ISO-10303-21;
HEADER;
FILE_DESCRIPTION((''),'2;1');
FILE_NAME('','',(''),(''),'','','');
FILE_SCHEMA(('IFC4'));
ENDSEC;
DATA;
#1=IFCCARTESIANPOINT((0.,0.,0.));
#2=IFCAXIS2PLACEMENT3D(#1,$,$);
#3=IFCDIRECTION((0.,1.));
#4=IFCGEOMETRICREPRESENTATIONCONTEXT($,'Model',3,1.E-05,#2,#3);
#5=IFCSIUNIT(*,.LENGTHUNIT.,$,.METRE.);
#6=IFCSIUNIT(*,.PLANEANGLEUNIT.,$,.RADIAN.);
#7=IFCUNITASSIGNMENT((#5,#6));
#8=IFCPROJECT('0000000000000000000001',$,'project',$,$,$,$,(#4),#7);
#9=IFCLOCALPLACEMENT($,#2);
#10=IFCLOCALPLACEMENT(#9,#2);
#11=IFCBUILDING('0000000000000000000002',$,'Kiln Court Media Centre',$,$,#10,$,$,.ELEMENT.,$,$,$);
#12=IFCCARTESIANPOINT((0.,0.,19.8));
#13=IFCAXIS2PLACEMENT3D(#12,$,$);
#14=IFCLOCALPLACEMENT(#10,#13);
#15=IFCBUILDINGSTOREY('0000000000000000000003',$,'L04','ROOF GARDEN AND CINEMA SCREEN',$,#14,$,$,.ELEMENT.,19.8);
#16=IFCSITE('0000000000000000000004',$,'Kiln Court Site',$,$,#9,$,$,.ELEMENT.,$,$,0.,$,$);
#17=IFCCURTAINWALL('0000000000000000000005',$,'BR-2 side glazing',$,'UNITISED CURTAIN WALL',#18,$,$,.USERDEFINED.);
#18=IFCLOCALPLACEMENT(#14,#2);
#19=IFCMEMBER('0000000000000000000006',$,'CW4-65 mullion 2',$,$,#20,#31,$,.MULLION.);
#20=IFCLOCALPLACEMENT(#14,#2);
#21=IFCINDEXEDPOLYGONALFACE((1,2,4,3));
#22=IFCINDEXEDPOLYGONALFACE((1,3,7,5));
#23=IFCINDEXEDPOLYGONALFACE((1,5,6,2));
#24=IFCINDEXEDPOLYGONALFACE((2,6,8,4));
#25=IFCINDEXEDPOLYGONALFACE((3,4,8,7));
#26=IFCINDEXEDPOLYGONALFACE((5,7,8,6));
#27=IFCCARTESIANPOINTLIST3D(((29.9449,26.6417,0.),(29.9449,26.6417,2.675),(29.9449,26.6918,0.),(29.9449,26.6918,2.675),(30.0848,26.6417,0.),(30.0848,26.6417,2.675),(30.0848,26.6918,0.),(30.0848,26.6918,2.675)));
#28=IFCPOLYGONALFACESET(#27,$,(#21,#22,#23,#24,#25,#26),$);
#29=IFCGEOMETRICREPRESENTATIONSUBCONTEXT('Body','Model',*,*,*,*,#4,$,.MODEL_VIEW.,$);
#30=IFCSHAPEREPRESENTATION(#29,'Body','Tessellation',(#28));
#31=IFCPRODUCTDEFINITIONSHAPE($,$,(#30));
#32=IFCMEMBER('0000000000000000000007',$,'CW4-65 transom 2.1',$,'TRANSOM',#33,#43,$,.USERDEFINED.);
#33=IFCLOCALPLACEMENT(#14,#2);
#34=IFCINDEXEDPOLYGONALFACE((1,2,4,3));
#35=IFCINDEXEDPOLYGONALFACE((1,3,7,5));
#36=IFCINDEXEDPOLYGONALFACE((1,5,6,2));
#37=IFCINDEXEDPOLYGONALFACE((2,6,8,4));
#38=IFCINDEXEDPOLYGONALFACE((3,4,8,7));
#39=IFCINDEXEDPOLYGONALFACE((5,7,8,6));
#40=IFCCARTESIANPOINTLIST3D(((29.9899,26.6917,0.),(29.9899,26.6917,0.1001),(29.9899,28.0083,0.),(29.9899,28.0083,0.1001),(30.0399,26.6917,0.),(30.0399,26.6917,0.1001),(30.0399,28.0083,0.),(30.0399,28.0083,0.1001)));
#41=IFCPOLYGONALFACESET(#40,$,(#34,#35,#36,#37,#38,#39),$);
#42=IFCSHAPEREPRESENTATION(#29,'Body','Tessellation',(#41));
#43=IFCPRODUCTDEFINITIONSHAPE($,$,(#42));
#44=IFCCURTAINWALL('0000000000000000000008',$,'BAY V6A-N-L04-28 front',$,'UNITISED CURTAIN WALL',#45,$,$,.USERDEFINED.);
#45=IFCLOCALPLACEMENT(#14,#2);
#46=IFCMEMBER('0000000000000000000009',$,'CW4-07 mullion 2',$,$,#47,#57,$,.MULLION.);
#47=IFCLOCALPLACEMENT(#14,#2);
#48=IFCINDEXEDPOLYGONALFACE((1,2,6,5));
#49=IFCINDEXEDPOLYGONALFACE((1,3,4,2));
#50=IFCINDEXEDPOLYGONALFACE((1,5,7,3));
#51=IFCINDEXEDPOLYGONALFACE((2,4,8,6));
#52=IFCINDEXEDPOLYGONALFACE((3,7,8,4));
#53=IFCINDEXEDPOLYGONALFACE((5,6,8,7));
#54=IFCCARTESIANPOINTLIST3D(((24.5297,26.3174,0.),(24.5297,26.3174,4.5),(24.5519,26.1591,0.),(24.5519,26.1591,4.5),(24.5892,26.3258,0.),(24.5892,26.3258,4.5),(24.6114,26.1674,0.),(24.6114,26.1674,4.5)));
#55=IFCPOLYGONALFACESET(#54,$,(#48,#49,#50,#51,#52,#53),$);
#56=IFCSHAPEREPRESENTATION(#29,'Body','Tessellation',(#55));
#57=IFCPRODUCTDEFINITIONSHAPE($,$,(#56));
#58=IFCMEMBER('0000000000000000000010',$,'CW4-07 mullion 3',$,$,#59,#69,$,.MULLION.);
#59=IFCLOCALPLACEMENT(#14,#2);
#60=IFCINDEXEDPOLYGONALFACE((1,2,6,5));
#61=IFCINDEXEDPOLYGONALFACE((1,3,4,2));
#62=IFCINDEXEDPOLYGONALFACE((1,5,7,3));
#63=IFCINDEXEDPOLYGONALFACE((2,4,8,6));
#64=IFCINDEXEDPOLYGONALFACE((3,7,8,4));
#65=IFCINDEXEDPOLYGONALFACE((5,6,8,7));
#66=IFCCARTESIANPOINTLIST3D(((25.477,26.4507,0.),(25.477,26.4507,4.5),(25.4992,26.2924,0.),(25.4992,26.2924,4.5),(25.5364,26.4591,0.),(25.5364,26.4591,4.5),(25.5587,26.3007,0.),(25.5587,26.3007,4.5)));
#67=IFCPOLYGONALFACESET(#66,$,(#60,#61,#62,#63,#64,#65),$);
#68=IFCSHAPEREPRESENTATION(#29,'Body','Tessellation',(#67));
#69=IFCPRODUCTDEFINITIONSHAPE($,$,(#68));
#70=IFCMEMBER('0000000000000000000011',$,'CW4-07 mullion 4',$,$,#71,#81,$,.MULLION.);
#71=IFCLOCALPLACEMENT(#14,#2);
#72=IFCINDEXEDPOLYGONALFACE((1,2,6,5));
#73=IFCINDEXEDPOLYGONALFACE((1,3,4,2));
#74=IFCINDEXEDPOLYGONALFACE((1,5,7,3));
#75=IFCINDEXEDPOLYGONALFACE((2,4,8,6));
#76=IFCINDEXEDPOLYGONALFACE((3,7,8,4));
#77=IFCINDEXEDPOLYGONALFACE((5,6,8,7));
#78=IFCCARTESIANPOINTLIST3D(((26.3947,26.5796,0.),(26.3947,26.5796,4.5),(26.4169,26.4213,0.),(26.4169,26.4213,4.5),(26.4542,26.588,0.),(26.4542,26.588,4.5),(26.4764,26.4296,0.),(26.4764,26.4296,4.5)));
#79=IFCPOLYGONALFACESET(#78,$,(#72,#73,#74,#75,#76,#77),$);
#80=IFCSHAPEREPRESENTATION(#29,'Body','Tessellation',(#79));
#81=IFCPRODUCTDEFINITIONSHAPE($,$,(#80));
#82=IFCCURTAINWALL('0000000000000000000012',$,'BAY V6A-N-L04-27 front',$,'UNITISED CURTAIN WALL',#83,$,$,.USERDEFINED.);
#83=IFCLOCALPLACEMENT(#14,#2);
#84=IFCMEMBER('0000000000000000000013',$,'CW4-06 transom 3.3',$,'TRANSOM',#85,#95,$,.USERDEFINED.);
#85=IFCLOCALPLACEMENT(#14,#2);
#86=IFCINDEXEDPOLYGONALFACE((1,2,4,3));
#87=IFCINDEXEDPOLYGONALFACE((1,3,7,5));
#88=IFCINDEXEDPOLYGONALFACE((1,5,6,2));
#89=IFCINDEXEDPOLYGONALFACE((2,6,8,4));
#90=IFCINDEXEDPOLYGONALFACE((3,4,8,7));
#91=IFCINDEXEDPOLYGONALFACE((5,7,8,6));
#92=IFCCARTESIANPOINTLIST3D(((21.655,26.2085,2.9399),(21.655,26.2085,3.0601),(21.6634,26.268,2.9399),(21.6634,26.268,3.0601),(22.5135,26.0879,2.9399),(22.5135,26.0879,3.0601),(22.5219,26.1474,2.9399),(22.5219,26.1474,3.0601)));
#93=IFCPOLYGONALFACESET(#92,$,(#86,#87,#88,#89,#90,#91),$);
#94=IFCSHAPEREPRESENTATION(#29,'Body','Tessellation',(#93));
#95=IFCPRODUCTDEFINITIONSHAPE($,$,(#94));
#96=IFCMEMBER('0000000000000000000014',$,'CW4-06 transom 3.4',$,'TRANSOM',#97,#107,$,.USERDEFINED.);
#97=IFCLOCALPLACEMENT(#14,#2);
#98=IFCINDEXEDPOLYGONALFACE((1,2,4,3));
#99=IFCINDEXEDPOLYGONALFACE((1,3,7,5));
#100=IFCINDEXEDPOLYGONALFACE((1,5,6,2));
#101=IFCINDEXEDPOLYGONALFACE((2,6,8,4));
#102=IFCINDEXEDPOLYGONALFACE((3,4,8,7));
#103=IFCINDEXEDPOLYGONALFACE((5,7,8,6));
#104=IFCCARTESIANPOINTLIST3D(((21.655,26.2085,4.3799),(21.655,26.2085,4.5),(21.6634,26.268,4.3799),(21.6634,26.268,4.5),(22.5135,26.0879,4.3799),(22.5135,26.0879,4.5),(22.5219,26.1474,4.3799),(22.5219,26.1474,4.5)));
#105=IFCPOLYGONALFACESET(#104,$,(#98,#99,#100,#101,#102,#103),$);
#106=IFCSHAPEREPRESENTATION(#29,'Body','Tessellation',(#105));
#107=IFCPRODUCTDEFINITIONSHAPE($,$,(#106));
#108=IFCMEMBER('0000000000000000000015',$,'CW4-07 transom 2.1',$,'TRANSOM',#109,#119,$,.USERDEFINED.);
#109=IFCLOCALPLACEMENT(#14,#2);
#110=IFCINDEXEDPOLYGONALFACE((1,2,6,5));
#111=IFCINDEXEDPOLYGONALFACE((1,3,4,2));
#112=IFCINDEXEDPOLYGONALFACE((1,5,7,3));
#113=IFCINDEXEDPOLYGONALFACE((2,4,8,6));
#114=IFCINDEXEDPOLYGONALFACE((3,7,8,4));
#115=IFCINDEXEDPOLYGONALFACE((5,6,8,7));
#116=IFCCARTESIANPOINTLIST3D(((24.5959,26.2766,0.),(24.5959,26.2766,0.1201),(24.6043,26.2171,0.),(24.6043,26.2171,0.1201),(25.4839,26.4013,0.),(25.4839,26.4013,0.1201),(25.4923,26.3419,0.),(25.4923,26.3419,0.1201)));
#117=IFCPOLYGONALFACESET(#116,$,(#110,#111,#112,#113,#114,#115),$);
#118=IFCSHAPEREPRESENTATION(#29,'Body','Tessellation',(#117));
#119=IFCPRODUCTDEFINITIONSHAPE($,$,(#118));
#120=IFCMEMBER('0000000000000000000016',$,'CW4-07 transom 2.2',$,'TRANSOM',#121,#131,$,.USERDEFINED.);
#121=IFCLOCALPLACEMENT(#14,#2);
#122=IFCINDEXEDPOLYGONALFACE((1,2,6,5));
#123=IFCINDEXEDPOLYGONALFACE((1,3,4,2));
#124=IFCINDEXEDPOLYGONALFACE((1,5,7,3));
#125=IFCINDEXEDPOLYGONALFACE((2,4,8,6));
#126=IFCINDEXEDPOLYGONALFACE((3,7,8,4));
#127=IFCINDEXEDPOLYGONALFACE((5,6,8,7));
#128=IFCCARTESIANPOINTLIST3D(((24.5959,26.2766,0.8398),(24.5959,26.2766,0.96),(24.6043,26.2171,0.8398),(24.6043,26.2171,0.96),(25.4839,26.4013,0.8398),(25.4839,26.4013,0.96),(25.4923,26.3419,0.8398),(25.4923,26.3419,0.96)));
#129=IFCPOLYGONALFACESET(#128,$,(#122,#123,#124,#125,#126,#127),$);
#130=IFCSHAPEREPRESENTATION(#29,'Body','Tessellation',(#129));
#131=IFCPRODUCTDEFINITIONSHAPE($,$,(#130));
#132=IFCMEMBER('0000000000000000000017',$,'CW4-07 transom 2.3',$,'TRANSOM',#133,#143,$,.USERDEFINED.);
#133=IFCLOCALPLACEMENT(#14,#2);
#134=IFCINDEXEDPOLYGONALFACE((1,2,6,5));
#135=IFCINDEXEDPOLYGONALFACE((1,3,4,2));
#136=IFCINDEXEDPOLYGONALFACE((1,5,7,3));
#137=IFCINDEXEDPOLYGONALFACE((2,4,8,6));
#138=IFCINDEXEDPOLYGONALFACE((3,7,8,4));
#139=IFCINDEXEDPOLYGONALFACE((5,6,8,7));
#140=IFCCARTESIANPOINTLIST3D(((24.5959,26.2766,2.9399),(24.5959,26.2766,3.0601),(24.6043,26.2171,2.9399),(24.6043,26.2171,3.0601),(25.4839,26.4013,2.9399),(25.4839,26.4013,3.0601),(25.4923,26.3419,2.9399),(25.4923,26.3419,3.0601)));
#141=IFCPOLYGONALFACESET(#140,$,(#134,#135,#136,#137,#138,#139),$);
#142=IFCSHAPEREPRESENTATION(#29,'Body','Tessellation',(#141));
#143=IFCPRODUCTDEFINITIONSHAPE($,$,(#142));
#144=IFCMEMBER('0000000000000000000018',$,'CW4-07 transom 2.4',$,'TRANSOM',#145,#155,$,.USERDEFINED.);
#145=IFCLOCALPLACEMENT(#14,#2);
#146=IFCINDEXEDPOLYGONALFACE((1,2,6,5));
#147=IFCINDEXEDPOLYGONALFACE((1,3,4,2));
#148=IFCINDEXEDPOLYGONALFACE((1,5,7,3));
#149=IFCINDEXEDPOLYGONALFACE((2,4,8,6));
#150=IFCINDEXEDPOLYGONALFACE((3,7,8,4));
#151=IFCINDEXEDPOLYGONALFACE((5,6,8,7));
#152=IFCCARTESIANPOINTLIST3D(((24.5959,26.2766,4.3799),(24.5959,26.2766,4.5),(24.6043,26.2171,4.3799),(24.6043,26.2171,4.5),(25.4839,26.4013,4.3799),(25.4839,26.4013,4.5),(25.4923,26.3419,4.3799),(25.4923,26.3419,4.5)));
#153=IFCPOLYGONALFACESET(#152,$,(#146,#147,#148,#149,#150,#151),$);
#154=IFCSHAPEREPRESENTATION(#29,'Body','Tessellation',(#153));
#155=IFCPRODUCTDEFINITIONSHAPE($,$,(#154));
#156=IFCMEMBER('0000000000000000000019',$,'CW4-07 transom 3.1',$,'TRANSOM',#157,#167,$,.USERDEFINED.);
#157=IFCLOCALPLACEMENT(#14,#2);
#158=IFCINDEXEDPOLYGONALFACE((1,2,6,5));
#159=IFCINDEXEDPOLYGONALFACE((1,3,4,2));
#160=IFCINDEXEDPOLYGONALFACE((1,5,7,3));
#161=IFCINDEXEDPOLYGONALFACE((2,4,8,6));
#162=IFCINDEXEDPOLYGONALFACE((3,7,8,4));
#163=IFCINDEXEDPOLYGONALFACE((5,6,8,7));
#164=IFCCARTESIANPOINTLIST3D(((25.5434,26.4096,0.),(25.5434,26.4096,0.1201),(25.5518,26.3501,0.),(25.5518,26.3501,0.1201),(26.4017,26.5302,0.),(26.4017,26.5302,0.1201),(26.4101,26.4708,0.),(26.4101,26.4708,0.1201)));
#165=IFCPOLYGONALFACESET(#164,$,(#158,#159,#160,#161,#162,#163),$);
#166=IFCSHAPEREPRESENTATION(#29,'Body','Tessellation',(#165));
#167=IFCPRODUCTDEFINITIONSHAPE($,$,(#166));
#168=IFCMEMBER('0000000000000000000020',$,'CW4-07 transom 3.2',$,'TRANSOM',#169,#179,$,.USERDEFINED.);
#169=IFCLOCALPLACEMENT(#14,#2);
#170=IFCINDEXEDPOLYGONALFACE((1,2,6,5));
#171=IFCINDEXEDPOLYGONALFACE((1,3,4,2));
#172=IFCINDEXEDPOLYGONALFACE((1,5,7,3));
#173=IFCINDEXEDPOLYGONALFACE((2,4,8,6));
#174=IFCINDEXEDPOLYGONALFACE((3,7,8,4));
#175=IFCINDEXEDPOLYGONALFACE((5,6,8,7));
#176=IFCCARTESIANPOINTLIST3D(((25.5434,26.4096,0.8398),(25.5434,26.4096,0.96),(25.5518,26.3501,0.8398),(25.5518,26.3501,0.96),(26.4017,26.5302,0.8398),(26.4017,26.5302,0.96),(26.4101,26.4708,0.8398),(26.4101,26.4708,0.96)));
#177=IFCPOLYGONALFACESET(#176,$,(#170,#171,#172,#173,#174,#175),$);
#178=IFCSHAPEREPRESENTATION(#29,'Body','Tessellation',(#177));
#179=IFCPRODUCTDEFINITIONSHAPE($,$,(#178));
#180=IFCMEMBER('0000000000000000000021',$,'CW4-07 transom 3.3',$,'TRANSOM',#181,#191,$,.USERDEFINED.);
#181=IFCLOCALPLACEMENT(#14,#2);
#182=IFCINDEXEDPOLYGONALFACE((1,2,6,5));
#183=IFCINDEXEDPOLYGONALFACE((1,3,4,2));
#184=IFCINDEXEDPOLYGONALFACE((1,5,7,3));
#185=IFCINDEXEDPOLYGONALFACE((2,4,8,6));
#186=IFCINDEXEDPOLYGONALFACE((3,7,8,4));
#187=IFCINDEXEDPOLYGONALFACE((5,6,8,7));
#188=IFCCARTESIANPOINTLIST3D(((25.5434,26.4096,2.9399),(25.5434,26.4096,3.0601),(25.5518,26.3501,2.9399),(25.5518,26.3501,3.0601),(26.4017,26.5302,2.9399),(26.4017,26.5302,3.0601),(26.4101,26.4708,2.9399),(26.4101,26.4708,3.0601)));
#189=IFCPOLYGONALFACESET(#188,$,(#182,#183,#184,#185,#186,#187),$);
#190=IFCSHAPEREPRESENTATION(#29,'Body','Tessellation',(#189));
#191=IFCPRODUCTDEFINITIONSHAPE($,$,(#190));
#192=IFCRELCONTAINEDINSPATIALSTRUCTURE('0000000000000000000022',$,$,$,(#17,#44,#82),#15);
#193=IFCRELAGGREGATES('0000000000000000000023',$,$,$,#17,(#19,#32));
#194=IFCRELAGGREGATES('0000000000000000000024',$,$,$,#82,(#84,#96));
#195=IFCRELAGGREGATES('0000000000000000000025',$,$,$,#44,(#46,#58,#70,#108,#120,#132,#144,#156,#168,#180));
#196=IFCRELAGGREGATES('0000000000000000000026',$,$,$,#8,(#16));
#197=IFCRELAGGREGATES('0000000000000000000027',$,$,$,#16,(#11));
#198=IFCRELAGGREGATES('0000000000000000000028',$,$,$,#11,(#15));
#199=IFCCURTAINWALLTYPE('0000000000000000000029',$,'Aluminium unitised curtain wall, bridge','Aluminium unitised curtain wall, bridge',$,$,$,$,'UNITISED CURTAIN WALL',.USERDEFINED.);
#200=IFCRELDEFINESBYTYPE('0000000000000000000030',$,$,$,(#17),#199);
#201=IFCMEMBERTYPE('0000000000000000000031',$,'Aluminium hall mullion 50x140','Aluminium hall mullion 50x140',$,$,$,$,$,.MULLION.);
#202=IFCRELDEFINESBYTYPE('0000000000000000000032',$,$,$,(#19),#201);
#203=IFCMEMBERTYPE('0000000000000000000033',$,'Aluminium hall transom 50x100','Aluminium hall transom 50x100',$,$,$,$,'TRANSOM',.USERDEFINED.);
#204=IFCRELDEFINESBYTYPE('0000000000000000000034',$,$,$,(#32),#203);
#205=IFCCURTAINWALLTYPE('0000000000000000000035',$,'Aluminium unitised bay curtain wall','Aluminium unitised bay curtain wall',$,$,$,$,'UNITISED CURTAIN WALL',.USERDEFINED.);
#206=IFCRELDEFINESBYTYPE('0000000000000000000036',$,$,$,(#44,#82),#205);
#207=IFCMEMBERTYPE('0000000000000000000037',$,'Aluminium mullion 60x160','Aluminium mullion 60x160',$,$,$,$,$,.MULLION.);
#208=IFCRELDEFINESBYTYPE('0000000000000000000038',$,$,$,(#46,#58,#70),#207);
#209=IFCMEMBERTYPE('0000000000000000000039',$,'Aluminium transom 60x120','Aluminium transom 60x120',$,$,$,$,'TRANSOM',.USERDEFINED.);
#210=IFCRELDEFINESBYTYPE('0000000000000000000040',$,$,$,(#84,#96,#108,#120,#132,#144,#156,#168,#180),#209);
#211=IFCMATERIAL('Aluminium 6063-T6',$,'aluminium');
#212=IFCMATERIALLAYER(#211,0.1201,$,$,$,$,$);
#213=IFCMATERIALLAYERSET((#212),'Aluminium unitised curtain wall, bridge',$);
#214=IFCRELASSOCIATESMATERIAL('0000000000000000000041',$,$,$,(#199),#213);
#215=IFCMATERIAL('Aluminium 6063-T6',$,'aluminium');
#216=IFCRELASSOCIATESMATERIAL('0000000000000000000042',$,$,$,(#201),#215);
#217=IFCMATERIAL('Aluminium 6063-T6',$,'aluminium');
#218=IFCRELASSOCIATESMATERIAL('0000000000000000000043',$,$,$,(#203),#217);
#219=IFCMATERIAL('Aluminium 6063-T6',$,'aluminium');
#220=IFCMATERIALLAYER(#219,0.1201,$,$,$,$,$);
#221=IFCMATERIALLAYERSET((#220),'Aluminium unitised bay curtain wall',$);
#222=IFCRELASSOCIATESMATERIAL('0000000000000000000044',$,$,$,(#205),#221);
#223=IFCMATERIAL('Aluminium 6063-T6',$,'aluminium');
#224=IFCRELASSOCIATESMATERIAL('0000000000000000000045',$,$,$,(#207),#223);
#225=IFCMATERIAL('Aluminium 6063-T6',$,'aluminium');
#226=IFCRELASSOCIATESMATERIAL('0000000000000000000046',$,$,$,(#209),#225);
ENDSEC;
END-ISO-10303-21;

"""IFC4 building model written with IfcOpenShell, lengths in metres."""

from ifc_helpers import new_model, si_unit, direction, frame, origin, origin_2d, place, context, subcontext, project, spatial, rectangle, extrude, material, layer, layer_set, material_profile, profile_set, type_object, element, aggregate, save


model = new_model("IFC4")

# Units and contexts
model_context = context("Model", 3, precision=1e-05, world=origin(), true_north=direction((0.0, 1.0)))
body_context = subcontext(model_context, "Body", "Model", "MODEL_VIEW")
ifc_project = project(units=[si_unit("LENGTHUNIT", "METRE"), si_unit("PLANEANGLEUNIT", "RADIAN")], contexts=[model_context])

# Site, building, storey
site_placement = place(None, origin())
site = spatial("IfcSite", under=ifc_project, at=site_placement, Name="Kiln Court Site", CompositionType="ELEMENT", RefElevation=0.0)
building_placement = place(site_placement, origin())
building = spatial("IfcBuilding", under=site, at=building_placement, Name="Kiln Court Media Centre", CompositionType="ELEMENT")
storey_placement = place(building_placement, frame((0.0, 0.0, 19.8)))
storey = spatial("IfcBuildingStorey", under=building, at=storey_placement, Name="L04", Description="ROOF GARDEN AND CINEMA SCREEN", CompositionType="ELEMENT", Elevation=19.8)

# Curtain walls, members
ifc_material_1 = material(Name="Aluminium 6063-T6", Category="aluminium")
ifc_layer_1 = layer(ifc_material_1, 0.1201)
ifc_layer_set_1 = layer_set([ifc_layer_1], Name="Aluminium unitised curtain wall, bridge")
curtain_wall_type_1 = type_object("IfcCurtainWallType", Name="Aluminium unitised curtain wall, bridge", Description="Aluminium unitised curtain wall, bridge", ElementType="UNITISED CURTAIN WALL", PredefinedType="USERDEFINED", material=ifc_layer_set_1)
curtain_wall_1_placement = place(storey_placement, origin())
curtain_wall_1 = element("IfcCurtainWall", 1, at=curtain_wall_1_placement, inside=storey, type_object=curtain_wall_type_1, Name="BR-2 side glazing", ObjectType="UNITISED CURTAIN WALL", PredefinedType="USERDEFINED")
ifc_material_2 = material(Name="Aluminium 6063-T6", Category="aluminium")
ifc_material_profile_1 = material_profile(ifc_material_2, rectangle(XDim=0.05, YDim=0.1399, at=origin_2d()), Name="Aluminium hall mullion 50x140")
ifc_profile_set_1 = profile_set([ifc_material_profile_1], Name="Aluminium 6063-T6")
member_type_1 = type_object("IfcMemberType", Name="Aluminium hall mullion 50x140", Description="Aluminium hall mullion 50x140", PredefinedType="MULLION", material=ifc_profile_set_1)
member_1_placement = place(storey_placement, frame((30.0149, 26.6667, 0.0), z_axis=(0.0, 0.0, 1.0), x_axis=(0.0, 1.0, 0.0)))
member_1 = element("IfcMember", 2, at=member_1_placement, type_object=member_type_1, Name="CW4-65 mullion 2", PredefinedType="MULLION", context=body_context, shape_type="SweptSolid", body=[
    extrude(rectangle(XDim=0.05, YDim=0.1399, at=origin_2d()), origin(), (0.0, 0.0, 1.0), 2.675),
])
ifc_material_3 = material(Name="Aluminium 6063-T6", Category="aluminium")
ifc_material_profile_2 = material_profile(ifc_material_3, rectangle(XDim=0.05, YDim=0.1001, at=origin_2d()), Name="Aluminium hall transom 50x100")
ifc_profile_set_2 = profile_set([ifc_material_profile_2], Name="Aluminium 6063-T6")
member_type_2 = type_object("IfcMemberType", Name="Aluminium hall transom 50x100", Description="Aluminium hall transom 50x100", ElementType="TRANSOM", PredefinedType="USERDEFINED", material=ifc_profile_set_2)
member_2_placement = place(storey_placement, frame((30.0149, 26.6917, 0.05), z_axis=(0.0, 1.0, 0.0), x_axis=(-1.0, 0.0, 0.0)))
member_2 = element("IfcMember", 3, at=member_2_placement, type_object=member_type_2, Name="CW4-65 transom 2.1", ObjectType="TRANSOM", PredefinedType="USERDEFINED", context=body_context, shape_type="SweptSolid", body=[
    extrude(rectangle(XDim=0.05, YDim=0.1001, at=origin_2d()), origin(), (0.0, 0.0, 1.0), 1.3167),
])
aggregate(curtain_wall_1, [member_1, member_2])
ifc_material_4 = material(Name="Aluminium 6063-T6", Category="aluminium")
ifc_layer_2 = layer(ifc_material_4, 0.1201)
ifc_layer_set_2 = layer_set([ifc_layer_2], Name="Aluminium unitised bay curtain wall")
curtain_wall_type_2 = type_object("IfcCurtainWallType", Name="Aluminium unitised bay curtain wall", Description="Aluminium unitised bay curtain wall", ElementType="UNITISED CURTAIN WALL", PredefinedType="USERDEFINED", material=ifc_layer_set_2)
curtain_wall_2_placement = place(storey_placement, origin())
curtain_wall_2 = element("IfcCurtainWall", 4, at=curtain_wall_2_placement, inside=storey, type_object=curtain_wall_type_2, Name="BAY V6A-N-L04-28 front", ObjectType="UNITISED CURTAIN WALL", PredefinedType="USERDEFINED")
ifc_material_5 = material(Name="Aluminium 6063-T6", Category="aluminium")
ifc_material_profile_3 = material_profile(ifc_material_5, rectangle(XDim=0.0601, YDim=0.1599, at=origin_2d()), Name="Aluminium mullion 60x160")
ifc_profile_set_3 = profile_set([ifc_material_profile_3], Name="Aluminium 6063-T6")
member_type_3 = type_object("IfcMemberType", Name="Aluminium mullion 60x160", Description="Aluminium mullion 60x160", PredefinedType="MULLION", material=ifc_profile_set_3)
member_3_placement = place(storey_placement, frame((24.5706, 26.2424, 0.0), z_axis=(0.0, 0.0, 1.0), x_axis=(0.99027, 0.139162, 0.0)))
member_3 = element("IfcMember", 5, at=member_3_placement, type_object=member_type_3, Name="CW4-07 mullion 2", PredefinedType="MULLION", context=body_context, shape_type="SweptSolid", body=[
    extrude(rectangle(XDim=0.0601, YDim=0.1599, at=origin_2d()), origin(), (0.0, 0.0, 1.0), 4.5),
])
member_4_placement = place(storey_placement, frame((25.5178, 26.3757, 0.0), z_axis=(0.0, 0.0, 1.0), x_axis=(0.99027, 0.139162, 0.0)))
member_4 = element("IfcMember", 6, at=member_4_placement, type_object=member_type_3, Name="CW4-07 mullion 3", PredefinedType="MULLION", context=body_context, shape_type="SweptSolid", body=[
    extrude(rectangle(XDim=0.0601, YDim=0.1599, at=origin_2d()), origin(), (0.0, 0.0, 1.0), 4.5),
])
member_5_placement = place(storey_placement, frame((26.4355, 26.5046, 0.0), z_axis=(0.0, 0.0, 1.0), x_axis=(0.99027, 0.139162, 0.0)))
member_5 = element("IfcMember", 7, at=member_5_placement, type_object=member_type_3, Name="CW4-07 mullion 4", PredefinedType="MULLION", context=body_context, shape_type="SweptSolid", body=[
    extrude(rectangle(XDim=0.0601, YDim=0.1599, at=origin_2d()), origin(), (0.0, 0.0, 1.0), 4.5),
])
curtain_wall_3_placement = place(storey_placement, origin())
curtain_wall_3 = element("IfcCurtainWall", 8, at=curtain_wall_3_placement, inside=storey, type_object=curtain_wall_type_2, Name="BAY V6A-N-L04-27 front", ObjectType="UNITISED CURTAIN WALL", PredefinedType="USERDEFINED")
ifc_material_6 = material(Name="Aluminium 6063-T6", Category="aluminium")
ifc_material_profile_4 = material_profile(ifc_material_6, rectangle(XDim=0.0601, YDim=0.1201, at=origin_2d()), Name="Aluminium transom 60x120")
ifc_profile_set_4 = profile_set([ifc_material_profile_4], Name="Aluminium 6063-T6")
member_type_4 = type_object("IfcMemberType", Name="Aluminium transom 60x120", Description="Aluminium transom 60x120", ElementType="TRANSOM", PredefinedType="USERDEFINED", material=ifc_profile_set_4)
member_6_placement = place(storey_placement, frame((21.6592, 26.2383, 3.0), z_axis=(0.990274, -0.139134, 0.0), x_axis=(0.139134, 0.990274, 0.0)))
member_6 = element("IfcMember", 9, at=member_6_placement, type_object=member_type_4, Name="CW4-06 transom 3.3", ObjectType="TRANSOM", PredefinedType="USERDEFINED", context=body_context, shape_type="SweptSolid", body=[
    extrude(rectangle(XDim=0.0601, YDim=0.1201, at=origin_2d()), origin(), (0.0, 0.0, 1.0), 0.8669),
])
member_7_placement = place(storey_placement, frame((21.6592, 26.2383, 4.4399), z_axis=(0.990274, -0.139134, 0.0), x_axis=(0.139134, 0.990274, 0.0)))
member_7 = element("IfcMember", 10, at=member_7_placement, type_object=member_type_4, Name="CW4-06 transom 3.4", ObjectType="TRANSOM", PredefinedType="USERDEFINED", context=body_context, shape_type="SweptSolid", body=[
    extrude(rectangle(XDim=0.0601, YDim=0.1201, at=origin_2d()), origin(), (0.0, 0.0, 1.0), 0.8669),
])

# Members
member_8_placement = place(storey_placement, frame((24.6001, 26.2468, 0.0601), z_axis=(0.990274, 0.139134, 0.0), x_axis=(-0.139134, 0.990274, 0.0)))
member_8 = element("IfcMember", 11, at=member_8_placement, type_object=member_type_4, Name="CW4-07 transom 2.1", ObjectType="TRANSOM", PredefinedType="USERDEFINED", context=body_context, shape_type="SweptSolid", body=[
    extrude(rectangle(XDim=0.0601, YDim=0.1201, at=origin_2d()), origin(), (0.0, 0.0, 1.0), 0.8967),
])
member_9_placement = place(storey_placement, frame((24.6001, 26.2468, 0.8999), z_axis=(0.990274, 0.139134, 0.0), x_axis=(-0.139134, 0.990274, 0.0)))
member_9 = element("IfcMember", 12, at=member_9_placement, type_object=member_type_4, Name="CW4-07 transom 2.2", ObjectType="TRANSOM", PredefinedType="USERDEFINED", context=body_context, shape_type="SweptSolid", body=[
    extrude(rectangle(XDim=0.0601, YDim=0.1201, at=origin_2d()), origin(), (0.0, 0.0, 1.0), 0.8967),
])
member_10_placement = place(storey_placement, frame((24.6001, 26.2468, 3.0), z_axis=(0.990274, 0.139134, 0.0), x_axis=(-0.139134, 0.990274, 0.0)))
member_10 = element("IfcMember", 13, at=member_10_placement, type_object=member_type_4, Name="CW4-07 transom 2.3", ObjectType="TRANSOM", PredefinedType="USERDEFINED", context=body_context, shape_type="SweptSolid", body=[
    extrude(rectangle(XDim=0.0601, YDim=0.1201, at=origin_2d()), origin(), (0.0, 0.0, 1.0), 0.8967),
])
member_11_placement = place(storey_placement, frame((24.6001, 26.2468, 4.4399), z_axis=(0.990274, 0.139134, 0.0), x_axis=(-0.139134, 0.990274, 0.0)))
member_11 = element("IfcMember", 14, at=member_11_placement, type_object=member_type_4, Name="CW4-07 transom 2.4", ObjectType="TRANSOM", PredefinedType="USERDEFINED", context=body_context, shape_type="SweptSolid", body=[
    extrude(rectangle(XDim=0.0601, YDim=0.1201, at=origin_2d()), origin(), (0.0, 0.0, 1.0), 0.8967),
])
member_12_placement = place(storey_placement, frame((25.5476, 26.3799, 0.0601), z_axis=(0.990268, 0.139173, 0.0), x_axis=(-0.139173, 0.990268, 0.0)))
member_12 = element("IfcMember", 15, at=member_12_placement, type_object=member_type_4, Name="CW4-07 transom 3.1", ObjectType="TRANSOM", PredefinedType="USERDEFINED", context=body_context, shape_type="SweptSolid", body=[
    extrude(rectangle(XDim=0.0601, YDim=0.1201, at=origin_2d()), origin(), (0.0, 0.0, 1.0), 0.8667),
])
member_13_placement = place(storey_placement, frame((25.5476, 26.3799, 0.8999), z_axis=(0.990268, 0.139173, 0.0), x_axis=(-0.139173, 0.990268, 0.0)))
member_13 = element("IfcMember", 16, at=member_13_placement, type_object=member_type_4, Name="CW4-07 transom 3.2", ObjectType="TRANSOM", PredefinedType="USERDEFINED", context=body_context, shape_type="SweptSolid", body=[
    extrude(rectangle(XDim=0.0601, YDim=0.1201, at=origin_2d()), origin(), (0.0, 0.0, 1.0), 0.8667),
])
member_14_placement = place(storey_placement, frame((25.5476, 26.3799, 3.0), z_axis=(0.990268, 0.139173, 0.0), x_axis=(-0.139173, 0.990268, 0.0)))
member_14 = element("IfcMember", 17, at=member_14_placement, type_object=member_type_4, Name="CW4-07 transom 3.3", ObjectType="TRANSOM", PredefinedType="USERDEFINED", context=body_context, shape_type="SweptSolid", body=[
    extrude(rectangle(XDim=0.0601, YDim=0.1201, at=origin_2d()), origin(), (0.0, 0.0, 1.0), 0.8667),
])

aggregate(curtain_wall_3, [member_6, member_7])
aggregate(curtain_wall_2, [member_3, member_4, member_5, member_8, member_9, member_10, member_11, member_12, member_13, member_14])

save(model, "model.ifc")
